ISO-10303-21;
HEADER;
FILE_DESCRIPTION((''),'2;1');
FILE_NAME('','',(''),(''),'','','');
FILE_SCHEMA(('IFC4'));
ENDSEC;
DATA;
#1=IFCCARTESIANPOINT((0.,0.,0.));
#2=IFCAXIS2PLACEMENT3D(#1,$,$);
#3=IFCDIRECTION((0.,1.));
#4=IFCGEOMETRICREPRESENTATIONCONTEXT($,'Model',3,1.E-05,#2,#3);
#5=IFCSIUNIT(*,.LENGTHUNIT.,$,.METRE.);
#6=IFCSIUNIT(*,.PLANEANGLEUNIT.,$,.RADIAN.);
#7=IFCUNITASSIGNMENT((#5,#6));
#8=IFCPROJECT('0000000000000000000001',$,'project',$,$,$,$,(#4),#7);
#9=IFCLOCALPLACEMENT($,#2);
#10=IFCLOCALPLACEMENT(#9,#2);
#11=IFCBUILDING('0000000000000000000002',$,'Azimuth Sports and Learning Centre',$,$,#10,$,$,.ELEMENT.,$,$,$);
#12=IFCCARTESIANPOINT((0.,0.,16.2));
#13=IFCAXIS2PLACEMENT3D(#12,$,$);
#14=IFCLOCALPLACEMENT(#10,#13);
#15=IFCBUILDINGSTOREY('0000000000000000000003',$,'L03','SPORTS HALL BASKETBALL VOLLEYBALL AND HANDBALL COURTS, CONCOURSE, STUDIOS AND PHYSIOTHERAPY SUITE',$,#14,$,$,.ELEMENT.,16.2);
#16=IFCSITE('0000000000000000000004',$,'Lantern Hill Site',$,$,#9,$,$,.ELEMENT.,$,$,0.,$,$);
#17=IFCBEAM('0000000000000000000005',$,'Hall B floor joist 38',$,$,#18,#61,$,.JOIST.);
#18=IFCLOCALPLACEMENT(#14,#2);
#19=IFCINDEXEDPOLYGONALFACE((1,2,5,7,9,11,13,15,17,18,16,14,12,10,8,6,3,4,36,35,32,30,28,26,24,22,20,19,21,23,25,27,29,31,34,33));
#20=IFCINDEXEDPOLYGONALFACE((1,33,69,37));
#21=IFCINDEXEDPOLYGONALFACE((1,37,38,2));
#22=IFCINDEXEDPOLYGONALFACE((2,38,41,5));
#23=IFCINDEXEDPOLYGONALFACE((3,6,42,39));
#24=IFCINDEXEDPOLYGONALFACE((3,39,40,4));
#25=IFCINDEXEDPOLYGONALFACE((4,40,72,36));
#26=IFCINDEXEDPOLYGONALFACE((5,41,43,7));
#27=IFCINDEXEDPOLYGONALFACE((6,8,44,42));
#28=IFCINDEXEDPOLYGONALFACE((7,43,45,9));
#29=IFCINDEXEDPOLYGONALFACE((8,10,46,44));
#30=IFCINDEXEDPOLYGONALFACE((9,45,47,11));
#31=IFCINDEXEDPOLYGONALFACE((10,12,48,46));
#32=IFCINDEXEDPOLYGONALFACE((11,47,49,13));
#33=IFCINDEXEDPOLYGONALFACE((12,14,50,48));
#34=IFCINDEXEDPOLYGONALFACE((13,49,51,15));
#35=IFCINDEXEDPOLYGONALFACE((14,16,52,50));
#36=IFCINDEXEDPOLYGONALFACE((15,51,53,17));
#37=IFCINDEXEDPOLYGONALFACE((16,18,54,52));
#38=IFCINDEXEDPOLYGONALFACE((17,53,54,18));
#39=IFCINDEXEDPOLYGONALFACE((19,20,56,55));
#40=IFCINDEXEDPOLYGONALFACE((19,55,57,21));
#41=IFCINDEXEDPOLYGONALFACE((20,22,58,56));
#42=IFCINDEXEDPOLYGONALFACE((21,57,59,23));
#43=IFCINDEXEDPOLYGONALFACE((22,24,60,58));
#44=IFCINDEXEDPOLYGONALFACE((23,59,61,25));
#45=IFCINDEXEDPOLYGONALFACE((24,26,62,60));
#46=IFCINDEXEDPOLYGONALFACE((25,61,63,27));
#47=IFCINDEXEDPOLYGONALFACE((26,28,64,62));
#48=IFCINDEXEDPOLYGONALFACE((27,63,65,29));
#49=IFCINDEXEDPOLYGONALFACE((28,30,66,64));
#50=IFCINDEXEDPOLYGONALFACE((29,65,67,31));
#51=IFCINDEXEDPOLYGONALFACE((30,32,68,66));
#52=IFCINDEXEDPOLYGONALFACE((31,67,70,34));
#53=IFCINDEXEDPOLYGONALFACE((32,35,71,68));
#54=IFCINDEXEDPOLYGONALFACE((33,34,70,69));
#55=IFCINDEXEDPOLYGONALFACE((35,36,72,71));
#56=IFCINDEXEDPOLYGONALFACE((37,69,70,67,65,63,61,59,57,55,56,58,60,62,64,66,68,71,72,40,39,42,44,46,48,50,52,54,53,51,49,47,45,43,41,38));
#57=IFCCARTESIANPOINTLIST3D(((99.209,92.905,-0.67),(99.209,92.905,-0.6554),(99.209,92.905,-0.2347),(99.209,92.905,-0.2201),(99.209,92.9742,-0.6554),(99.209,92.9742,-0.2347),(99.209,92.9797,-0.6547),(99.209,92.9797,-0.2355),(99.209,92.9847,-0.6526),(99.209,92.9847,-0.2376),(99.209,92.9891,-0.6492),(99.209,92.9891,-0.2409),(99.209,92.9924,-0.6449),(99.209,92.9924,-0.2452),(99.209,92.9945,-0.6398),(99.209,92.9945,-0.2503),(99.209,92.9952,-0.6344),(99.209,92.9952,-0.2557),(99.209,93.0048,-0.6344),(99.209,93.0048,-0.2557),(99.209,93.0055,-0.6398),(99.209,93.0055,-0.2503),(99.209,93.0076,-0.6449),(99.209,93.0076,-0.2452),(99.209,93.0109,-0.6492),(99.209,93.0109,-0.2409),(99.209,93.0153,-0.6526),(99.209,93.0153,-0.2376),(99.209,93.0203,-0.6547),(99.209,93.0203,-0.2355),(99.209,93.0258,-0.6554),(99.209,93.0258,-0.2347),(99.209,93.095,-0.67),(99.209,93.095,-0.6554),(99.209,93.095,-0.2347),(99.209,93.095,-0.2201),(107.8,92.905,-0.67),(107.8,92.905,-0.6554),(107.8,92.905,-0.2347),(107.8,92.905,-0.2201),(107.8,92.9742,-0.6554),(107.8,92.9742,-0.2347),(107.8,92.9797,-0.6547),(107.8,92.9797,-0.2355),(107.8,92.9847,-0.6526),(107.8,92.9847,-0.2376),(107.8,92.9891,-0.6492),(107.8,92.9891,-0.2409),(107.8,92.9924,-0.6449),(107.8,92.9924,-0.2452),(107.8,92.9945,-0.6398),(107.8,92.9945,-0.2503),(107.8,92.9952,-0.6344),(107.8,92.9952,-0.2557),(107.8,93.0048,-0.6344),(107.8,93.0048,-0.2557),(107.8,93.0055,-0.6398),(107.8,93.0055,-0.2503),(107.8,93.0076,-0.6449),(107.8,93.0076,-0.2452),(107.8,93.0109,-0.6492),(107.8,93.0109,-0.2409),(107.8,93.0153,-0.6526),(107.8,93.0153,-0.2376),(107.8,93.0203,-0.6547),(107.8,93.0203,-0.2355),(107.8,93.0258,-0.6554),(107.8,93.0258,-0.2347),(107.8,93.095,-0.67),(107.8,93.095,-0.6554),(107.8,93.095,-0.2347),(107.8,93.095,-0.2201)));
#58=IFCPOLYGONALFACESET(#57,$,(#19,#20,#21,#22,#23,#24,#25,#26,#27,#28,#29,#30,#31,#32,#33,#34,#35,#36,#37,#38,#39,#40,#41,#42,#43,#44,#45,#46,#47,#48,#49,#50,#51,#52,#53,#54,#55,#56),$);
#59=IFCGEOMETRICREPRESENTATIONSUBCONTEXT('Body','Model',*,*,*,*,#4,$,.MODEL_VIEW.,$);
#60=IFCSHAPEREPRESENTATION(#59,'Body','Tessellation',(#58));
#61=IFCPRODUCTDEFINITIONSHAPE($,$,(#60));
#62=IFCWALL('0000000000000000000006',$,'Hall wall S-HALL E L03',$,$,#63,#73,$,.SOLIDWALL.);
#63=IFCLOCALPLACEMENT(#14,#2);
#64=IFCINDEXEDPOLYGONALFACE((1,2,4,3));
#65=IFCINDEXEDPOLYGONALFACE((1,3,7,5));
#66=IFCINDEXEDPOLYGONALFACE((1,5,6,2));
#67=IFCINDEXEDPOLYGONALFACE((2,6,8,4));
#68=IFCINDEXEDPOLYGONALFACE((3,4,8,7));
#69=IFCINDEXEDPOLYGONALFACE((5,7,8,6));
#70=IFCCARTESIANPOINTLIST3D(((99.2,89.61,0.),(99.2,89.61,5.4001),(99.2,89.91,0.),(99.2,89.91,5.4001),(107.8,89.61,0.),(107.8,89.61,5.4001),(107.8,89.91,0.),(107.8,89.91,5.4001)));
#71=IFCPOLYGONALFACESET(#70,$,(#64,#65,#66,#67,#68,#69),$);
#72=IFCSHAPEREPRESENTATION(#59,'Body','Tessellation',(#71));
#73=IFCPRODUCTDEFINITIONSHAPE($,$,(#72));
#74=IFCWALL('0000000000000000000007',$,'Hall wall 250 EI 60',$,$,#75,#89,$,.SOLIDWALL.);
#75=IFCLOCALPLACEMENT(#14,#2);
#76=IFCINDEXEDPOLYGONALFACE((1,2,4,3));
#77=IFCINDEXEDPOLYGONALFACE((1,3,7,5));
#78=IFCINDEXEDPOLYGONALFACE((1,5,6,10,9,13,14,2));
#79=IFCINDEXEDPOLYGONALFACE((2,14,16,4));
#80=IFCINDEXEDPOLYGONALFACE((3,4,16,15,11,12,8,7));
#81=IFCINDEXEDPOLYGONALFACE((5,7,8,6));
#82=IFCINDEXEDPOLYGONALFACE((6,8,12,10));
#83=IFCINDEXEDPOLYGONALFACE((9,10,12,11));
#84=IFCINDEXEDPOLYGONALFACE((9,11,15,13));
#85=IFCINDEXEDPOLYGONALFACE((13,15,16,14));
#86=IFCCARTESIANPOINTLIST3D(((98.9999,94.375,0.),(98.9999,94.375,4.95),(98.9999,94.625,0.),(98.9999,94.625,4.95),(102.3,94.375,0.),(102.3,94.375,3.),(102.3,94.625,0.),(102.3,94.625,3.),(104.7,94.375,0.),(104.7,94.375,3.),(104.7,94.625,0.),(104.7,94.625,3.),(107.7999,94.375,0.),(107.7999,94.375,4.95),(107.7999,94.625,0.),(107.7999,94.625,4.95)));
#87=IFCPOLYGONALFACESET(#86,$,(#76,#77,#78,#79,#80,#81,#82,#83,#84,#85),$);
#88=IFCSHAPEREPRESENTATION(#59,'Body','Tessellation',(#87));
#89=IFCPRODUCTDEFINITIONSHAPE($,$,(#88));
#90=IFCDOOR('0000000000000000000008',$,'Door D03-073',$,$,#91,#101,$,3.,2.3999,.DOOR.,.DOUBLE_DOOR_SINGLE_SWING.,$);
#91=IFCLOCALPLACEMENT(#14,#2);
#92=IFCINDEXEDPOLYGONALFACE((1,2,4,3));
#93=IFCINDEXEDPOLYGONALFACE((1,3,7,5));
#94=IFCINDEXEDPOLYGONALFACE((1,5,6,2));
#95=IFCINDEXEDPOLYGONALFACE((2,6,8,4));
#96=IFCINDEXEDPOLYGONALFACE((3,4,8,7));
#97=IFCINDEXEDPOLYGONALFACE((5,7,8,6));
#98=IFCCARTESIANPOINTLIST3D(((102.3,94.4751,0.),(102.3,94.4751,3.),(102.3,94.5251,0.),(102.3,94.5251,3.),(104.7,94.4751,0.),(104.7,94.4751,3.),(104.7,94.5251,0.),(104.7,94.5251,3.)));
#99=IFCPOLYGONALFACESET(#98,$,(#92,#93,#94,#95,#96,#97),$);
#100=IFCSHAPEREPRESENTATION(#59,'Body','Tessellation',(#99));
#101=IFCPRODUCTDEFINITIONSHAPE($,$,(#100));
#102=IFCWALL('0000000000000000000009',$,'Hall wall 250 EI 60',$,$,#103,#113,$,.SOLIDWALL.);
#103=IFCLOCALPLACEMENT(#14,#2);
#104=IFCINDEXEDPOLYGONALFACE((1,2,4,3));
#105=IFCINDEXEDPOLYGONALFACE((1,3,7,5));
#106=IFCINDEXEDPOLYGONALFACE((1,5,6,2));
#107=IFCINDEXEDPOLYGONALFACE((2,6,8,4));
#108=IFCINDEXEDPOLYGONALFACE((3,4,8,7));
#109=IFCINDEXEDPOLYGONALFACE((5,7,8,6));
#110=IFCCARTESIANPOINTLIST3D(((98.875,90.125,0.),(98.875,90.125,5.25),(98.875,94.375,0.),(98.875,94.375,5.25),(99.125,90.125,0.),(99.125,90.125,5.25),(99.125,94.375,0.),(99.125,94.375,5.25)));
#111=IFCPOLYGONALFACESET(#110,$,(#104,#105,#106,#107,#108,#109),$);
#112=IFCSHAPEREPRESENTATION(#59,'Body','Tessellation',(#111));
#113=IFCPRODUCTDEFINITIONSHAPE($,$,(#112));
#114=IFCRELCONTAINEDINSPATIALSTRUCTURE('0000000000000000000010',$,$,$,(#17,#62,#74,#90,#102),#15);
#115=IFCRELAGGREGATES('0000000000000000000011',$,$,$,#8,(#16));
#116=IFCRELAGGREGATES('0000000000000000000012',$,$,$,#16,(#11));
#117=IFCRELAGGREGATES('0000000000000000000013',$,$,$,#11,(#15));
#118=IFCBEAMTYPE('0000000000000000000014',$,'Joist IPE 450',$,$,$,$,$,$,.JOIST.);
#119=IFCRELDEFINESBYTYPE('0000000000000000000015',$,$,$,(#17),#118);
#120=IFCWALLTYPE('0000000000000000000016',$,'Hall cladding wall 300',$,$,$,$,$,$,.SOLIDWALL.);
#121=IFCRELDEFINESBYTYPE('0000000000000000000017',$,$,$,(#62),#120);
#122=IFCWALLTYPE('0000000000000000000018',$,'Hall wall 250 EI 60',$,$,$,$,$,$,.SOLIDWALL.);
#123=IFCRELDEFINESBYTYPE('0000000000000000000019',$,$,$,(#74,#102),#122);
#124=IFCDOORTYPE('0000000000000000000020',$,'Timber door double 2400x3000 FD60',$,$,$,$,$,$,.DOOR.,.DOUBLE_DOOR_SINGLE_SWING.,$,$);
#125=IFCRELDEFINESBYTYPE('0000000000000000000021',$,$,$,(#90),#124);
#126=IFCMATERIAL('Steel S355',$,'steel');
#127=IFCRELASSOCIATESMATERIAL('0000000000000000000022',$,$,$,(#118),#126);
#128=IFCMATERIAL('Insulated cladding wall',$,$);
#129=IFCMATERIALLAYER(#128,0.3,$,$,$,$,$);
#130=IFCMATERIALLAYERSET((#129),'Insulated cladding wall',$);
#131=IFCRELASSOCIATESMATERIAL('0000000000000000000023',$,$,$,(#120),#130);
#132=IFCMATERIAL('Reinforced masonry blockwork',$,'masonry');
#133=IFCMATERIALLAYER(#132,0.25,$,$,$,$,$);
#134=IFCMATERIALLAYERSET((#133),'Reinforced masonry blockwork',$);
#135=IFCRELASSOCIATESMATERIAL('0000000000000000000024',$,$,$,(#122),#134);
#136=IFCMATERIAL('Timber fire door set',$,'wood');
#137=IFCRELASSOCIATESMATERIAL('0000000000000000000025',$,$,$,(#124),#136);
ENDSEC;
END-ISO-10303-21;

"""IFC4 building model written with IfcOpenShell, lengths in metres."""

from ifc_helpers import new_model, si_unit, direction, frame, frame_2d, origin, origin_2d, place, context, subcontext, project, spatial, rectangle, i_section, extrude, material, layer, layer_set, material_profile, profile_set, type_object, element, fill, save


model = new_model("IFC4")

# Units and contexts
model_context = context("Model", 3, precision=1e-05, world=origin(), true_north=direction((0.0, 1.0)))
body_context = subcontext(model_context, "Body", "Model", "MODEL_VIEW")
ifc_project = project(units=[si_unit("LENGTHUNIT", "METRE"), si_unit("PLANEANGLEUNIT", "RADIAN")], contexts=[model_context])

# Site, building, storey
site_placement = place(None, origin())
site = spatial("IfcSite", under=ifc_project, at=site_placement, Name="Lantern Hill Site", CompositionType="ELEMENT", RefElevation=0.0)
building_placement = place(site_placement, origin())
building = spatial("IfcBuilding", under=site, at=building_placement, Name="Azimuth Sports and Learning Centre", CompositionType="ELEMENT")
storey_placement = place(building_placement, frame((0.0, 0.0, 16.2)))
storey = spatial("IfcBuildingStorey", under=building, at=storey_placement, Name="L03", Description="SPORTS HALL BASKETBALL VOLLEYBALL AND HANDBALL COURTS, CONCOURSE, STUDIOS AND PHYSIOTHERAPY SUITE", CompositionType="ELEMENT", Elevation=16.2)

# Beam
ifc_material_1 = material(Name="Steel S355", Category="steel")
ifc_material_profile_1 = material_profile(ifc_material_1, i_section(OverallWidth=0.1899, OverallDepth=0.45, WebThickness=0.0095, FlangeThickness=0.0146, FilletRadius=0.021, at=origin_2d()), Name="IPE 450")
ifc_profile_set_1 = profile_set([ifc_material_profile_1], Name="Steel S355")
beam_type_1 = type_object("IfcBeamType", Name="Joist IPE 450", PredefinedType="JOIST", material=ifc_profile_set_1)
beam_1_placement = place(storey_placement, frame((99.209, 93.0, -0.4451), z_axis=(1.0, 0.0, 0.0), x_axis=(0.0, 1.0, 0.0)))
element("IfcBeam", 1, at=beam_1_placement, inside=storey, type_object=beam_type_1, Name="Hall B floor joist 38", PredefinedType="JOIST", context=body_context, shape_type="SweptSolid", body=[
    extrude(i_section(OverallWidth=0.1899, OverallDepth=0.45, WebThickness=0.0095, FlangeThickness=0.0146, FilletRadius=0.021, at=origin_2d()), origin(), (0.0, 0.0, 1.0), 8.5911),
])

# Wall
ifc_material_2 = material(Name="Insulated cladding wall")
ifc_layer_1 = layer(ifc_material_2, 0.3)
ifc_layer_set_1 = layer_set([ifc_layer_1], Name="Insulated cladding wall")
wall_type_1 = type_object("IfcWallType", Name="Hall cladding wall 300", PredefinedType="SOLIDWALL", material=ifc_layer_set_1)
wall_1_placement = place(storey_placement, frame((99.2, 89.76, 0.0), z_axis=(0.0, 0.0, 1.0), x_axis=(1.0, 0.0, 0.0)))
element("IfcWall", 2, at=wall_1_placement, inside=storey, type_object=wall_type_1, Name="Hall wall S-HALL E L03", PredefinedType="SOLIDWALL", context=body_context, shape_type="SweptSolid", body=[
    extrude(rectangle(XDim=8.6001, YDim=0.3, at=frame_2d((4.3, 0.0))), origin(), (0.0, 0.0, 1.0), 5.4001),
])

# Wall, opening, door
ifc_material_3 = material(Name="Reinforced masonry blockwork", Category="masonry")
ifc_layer_2 = layer(ifc_material_3, 0.25)
ifc_layer_set_2 = layer_set([ifc_layer_2], Name="Reinforced masonry blockwork")
wall_type_2 = type_object("IfcWallType", Name="Hall wall 250 EI 60", PredefinedType="SOLIDWALL", material=ifc_layer_set_2)
wall_2_placement = place(storey_placement, frame((99.0, 94.5, 0.0), z_axis=(0.0, 0.0, 1.0), x_axis=(1.0, 0.0, 0.0)))
wall_2 = element("IfcWall", 3, at=wall_2_placement, inside=storey, type_object=wall_type_2, Name="Hall wall 250 EI 60", PredefinedType="SOLIDWALL", context=body_context, shape_type="SweptSolid", body=[
    extrude(rectangle(XDim=8.8, YDim=0.25, at=frame_2d((4.3999, 0.0))), origin(), (0.0, 0.0, 1.0), 4.95),
])
opening_placement = place(wall_2_placement, frame((3.3, 0.0, 0.0)))
opening = element("IfcOpeningElement", 4, at=opening_placement, cuts=wall_2, PredefinedType="OPENING", context=body_context, shape_type="SweptSolid", body=[
    extrude(rectangle(XDim=2.3999, YDim=3.0, at=frame_2d((1.2, 1.5))), frame((0.0, 0.136, 0.0), z_axis=(0.0, -1.0, 0.0), x_axis=(1.0, 0.0, 0.0)), (0.0, 0.0, 1.0), 0.272),
])
ifc_material_4 = material(Name="Timber fire door set", Category="wood")
door_type = type_object("IfcDoorType", Name="Timber door double 2400x3000 FD60", OperationType="DOUBLE_DOOR_SINGLE_SWING", PredefinedType="DOOR", material=ifc_material_4)
door_placement = place(opening_placement, frame((2.3999, 0.0, 0.0), z_axis=(0.0, 0.0, 1.0), x_axis=(-1.0, 0.0, 0.0)))
door = element("IfcDoor", 5, at=door_placement, inside=storey, type_object=door_type, Name="Door D03-073", OperationType="DOUBLE_DOOR_SINGLE_SWING", OverallHeight=3.0, OverallWidth=2.3999, PredefinedType="DOOR", context=body_context, shape_type="SweptSolid", body=[
    extrude(rectangle(XDim=2.3999, YDim=3.0, at=frame_2d((1.2, 1.5))), frame((0.0, 0.0249, 0.0), z_axis=(0.0, -1.0, 0.0), x_axis=(1.0, 0.0, 0.0)), (0.0, 0.0, 1.0), 0.05),
])
fill(opening, door)

# Wall
wall_3_placement = place(storey_placement, frame((99.0, 90.125, 0.0), z_axis=(0.0, 0.0, 1.0), x_axis=(0.0, 1.0, 0.0)))
element("IfcWall", 6, at=wall_3_placement, inside=storey, type_object=wall_type_2, Name="Hall wall 250 EI 60", PredefinedType="SOLIDWALL", context=body_context, shape_type="SweptSolid", body=[
    extrude(rectangle(XDim=4.25, YDim=0.25, at=frame_2d((2.125, 0.0))), origin(), (0.0, 0.0, 1.0), 5.25),
])

save(model, "model.ifc")
